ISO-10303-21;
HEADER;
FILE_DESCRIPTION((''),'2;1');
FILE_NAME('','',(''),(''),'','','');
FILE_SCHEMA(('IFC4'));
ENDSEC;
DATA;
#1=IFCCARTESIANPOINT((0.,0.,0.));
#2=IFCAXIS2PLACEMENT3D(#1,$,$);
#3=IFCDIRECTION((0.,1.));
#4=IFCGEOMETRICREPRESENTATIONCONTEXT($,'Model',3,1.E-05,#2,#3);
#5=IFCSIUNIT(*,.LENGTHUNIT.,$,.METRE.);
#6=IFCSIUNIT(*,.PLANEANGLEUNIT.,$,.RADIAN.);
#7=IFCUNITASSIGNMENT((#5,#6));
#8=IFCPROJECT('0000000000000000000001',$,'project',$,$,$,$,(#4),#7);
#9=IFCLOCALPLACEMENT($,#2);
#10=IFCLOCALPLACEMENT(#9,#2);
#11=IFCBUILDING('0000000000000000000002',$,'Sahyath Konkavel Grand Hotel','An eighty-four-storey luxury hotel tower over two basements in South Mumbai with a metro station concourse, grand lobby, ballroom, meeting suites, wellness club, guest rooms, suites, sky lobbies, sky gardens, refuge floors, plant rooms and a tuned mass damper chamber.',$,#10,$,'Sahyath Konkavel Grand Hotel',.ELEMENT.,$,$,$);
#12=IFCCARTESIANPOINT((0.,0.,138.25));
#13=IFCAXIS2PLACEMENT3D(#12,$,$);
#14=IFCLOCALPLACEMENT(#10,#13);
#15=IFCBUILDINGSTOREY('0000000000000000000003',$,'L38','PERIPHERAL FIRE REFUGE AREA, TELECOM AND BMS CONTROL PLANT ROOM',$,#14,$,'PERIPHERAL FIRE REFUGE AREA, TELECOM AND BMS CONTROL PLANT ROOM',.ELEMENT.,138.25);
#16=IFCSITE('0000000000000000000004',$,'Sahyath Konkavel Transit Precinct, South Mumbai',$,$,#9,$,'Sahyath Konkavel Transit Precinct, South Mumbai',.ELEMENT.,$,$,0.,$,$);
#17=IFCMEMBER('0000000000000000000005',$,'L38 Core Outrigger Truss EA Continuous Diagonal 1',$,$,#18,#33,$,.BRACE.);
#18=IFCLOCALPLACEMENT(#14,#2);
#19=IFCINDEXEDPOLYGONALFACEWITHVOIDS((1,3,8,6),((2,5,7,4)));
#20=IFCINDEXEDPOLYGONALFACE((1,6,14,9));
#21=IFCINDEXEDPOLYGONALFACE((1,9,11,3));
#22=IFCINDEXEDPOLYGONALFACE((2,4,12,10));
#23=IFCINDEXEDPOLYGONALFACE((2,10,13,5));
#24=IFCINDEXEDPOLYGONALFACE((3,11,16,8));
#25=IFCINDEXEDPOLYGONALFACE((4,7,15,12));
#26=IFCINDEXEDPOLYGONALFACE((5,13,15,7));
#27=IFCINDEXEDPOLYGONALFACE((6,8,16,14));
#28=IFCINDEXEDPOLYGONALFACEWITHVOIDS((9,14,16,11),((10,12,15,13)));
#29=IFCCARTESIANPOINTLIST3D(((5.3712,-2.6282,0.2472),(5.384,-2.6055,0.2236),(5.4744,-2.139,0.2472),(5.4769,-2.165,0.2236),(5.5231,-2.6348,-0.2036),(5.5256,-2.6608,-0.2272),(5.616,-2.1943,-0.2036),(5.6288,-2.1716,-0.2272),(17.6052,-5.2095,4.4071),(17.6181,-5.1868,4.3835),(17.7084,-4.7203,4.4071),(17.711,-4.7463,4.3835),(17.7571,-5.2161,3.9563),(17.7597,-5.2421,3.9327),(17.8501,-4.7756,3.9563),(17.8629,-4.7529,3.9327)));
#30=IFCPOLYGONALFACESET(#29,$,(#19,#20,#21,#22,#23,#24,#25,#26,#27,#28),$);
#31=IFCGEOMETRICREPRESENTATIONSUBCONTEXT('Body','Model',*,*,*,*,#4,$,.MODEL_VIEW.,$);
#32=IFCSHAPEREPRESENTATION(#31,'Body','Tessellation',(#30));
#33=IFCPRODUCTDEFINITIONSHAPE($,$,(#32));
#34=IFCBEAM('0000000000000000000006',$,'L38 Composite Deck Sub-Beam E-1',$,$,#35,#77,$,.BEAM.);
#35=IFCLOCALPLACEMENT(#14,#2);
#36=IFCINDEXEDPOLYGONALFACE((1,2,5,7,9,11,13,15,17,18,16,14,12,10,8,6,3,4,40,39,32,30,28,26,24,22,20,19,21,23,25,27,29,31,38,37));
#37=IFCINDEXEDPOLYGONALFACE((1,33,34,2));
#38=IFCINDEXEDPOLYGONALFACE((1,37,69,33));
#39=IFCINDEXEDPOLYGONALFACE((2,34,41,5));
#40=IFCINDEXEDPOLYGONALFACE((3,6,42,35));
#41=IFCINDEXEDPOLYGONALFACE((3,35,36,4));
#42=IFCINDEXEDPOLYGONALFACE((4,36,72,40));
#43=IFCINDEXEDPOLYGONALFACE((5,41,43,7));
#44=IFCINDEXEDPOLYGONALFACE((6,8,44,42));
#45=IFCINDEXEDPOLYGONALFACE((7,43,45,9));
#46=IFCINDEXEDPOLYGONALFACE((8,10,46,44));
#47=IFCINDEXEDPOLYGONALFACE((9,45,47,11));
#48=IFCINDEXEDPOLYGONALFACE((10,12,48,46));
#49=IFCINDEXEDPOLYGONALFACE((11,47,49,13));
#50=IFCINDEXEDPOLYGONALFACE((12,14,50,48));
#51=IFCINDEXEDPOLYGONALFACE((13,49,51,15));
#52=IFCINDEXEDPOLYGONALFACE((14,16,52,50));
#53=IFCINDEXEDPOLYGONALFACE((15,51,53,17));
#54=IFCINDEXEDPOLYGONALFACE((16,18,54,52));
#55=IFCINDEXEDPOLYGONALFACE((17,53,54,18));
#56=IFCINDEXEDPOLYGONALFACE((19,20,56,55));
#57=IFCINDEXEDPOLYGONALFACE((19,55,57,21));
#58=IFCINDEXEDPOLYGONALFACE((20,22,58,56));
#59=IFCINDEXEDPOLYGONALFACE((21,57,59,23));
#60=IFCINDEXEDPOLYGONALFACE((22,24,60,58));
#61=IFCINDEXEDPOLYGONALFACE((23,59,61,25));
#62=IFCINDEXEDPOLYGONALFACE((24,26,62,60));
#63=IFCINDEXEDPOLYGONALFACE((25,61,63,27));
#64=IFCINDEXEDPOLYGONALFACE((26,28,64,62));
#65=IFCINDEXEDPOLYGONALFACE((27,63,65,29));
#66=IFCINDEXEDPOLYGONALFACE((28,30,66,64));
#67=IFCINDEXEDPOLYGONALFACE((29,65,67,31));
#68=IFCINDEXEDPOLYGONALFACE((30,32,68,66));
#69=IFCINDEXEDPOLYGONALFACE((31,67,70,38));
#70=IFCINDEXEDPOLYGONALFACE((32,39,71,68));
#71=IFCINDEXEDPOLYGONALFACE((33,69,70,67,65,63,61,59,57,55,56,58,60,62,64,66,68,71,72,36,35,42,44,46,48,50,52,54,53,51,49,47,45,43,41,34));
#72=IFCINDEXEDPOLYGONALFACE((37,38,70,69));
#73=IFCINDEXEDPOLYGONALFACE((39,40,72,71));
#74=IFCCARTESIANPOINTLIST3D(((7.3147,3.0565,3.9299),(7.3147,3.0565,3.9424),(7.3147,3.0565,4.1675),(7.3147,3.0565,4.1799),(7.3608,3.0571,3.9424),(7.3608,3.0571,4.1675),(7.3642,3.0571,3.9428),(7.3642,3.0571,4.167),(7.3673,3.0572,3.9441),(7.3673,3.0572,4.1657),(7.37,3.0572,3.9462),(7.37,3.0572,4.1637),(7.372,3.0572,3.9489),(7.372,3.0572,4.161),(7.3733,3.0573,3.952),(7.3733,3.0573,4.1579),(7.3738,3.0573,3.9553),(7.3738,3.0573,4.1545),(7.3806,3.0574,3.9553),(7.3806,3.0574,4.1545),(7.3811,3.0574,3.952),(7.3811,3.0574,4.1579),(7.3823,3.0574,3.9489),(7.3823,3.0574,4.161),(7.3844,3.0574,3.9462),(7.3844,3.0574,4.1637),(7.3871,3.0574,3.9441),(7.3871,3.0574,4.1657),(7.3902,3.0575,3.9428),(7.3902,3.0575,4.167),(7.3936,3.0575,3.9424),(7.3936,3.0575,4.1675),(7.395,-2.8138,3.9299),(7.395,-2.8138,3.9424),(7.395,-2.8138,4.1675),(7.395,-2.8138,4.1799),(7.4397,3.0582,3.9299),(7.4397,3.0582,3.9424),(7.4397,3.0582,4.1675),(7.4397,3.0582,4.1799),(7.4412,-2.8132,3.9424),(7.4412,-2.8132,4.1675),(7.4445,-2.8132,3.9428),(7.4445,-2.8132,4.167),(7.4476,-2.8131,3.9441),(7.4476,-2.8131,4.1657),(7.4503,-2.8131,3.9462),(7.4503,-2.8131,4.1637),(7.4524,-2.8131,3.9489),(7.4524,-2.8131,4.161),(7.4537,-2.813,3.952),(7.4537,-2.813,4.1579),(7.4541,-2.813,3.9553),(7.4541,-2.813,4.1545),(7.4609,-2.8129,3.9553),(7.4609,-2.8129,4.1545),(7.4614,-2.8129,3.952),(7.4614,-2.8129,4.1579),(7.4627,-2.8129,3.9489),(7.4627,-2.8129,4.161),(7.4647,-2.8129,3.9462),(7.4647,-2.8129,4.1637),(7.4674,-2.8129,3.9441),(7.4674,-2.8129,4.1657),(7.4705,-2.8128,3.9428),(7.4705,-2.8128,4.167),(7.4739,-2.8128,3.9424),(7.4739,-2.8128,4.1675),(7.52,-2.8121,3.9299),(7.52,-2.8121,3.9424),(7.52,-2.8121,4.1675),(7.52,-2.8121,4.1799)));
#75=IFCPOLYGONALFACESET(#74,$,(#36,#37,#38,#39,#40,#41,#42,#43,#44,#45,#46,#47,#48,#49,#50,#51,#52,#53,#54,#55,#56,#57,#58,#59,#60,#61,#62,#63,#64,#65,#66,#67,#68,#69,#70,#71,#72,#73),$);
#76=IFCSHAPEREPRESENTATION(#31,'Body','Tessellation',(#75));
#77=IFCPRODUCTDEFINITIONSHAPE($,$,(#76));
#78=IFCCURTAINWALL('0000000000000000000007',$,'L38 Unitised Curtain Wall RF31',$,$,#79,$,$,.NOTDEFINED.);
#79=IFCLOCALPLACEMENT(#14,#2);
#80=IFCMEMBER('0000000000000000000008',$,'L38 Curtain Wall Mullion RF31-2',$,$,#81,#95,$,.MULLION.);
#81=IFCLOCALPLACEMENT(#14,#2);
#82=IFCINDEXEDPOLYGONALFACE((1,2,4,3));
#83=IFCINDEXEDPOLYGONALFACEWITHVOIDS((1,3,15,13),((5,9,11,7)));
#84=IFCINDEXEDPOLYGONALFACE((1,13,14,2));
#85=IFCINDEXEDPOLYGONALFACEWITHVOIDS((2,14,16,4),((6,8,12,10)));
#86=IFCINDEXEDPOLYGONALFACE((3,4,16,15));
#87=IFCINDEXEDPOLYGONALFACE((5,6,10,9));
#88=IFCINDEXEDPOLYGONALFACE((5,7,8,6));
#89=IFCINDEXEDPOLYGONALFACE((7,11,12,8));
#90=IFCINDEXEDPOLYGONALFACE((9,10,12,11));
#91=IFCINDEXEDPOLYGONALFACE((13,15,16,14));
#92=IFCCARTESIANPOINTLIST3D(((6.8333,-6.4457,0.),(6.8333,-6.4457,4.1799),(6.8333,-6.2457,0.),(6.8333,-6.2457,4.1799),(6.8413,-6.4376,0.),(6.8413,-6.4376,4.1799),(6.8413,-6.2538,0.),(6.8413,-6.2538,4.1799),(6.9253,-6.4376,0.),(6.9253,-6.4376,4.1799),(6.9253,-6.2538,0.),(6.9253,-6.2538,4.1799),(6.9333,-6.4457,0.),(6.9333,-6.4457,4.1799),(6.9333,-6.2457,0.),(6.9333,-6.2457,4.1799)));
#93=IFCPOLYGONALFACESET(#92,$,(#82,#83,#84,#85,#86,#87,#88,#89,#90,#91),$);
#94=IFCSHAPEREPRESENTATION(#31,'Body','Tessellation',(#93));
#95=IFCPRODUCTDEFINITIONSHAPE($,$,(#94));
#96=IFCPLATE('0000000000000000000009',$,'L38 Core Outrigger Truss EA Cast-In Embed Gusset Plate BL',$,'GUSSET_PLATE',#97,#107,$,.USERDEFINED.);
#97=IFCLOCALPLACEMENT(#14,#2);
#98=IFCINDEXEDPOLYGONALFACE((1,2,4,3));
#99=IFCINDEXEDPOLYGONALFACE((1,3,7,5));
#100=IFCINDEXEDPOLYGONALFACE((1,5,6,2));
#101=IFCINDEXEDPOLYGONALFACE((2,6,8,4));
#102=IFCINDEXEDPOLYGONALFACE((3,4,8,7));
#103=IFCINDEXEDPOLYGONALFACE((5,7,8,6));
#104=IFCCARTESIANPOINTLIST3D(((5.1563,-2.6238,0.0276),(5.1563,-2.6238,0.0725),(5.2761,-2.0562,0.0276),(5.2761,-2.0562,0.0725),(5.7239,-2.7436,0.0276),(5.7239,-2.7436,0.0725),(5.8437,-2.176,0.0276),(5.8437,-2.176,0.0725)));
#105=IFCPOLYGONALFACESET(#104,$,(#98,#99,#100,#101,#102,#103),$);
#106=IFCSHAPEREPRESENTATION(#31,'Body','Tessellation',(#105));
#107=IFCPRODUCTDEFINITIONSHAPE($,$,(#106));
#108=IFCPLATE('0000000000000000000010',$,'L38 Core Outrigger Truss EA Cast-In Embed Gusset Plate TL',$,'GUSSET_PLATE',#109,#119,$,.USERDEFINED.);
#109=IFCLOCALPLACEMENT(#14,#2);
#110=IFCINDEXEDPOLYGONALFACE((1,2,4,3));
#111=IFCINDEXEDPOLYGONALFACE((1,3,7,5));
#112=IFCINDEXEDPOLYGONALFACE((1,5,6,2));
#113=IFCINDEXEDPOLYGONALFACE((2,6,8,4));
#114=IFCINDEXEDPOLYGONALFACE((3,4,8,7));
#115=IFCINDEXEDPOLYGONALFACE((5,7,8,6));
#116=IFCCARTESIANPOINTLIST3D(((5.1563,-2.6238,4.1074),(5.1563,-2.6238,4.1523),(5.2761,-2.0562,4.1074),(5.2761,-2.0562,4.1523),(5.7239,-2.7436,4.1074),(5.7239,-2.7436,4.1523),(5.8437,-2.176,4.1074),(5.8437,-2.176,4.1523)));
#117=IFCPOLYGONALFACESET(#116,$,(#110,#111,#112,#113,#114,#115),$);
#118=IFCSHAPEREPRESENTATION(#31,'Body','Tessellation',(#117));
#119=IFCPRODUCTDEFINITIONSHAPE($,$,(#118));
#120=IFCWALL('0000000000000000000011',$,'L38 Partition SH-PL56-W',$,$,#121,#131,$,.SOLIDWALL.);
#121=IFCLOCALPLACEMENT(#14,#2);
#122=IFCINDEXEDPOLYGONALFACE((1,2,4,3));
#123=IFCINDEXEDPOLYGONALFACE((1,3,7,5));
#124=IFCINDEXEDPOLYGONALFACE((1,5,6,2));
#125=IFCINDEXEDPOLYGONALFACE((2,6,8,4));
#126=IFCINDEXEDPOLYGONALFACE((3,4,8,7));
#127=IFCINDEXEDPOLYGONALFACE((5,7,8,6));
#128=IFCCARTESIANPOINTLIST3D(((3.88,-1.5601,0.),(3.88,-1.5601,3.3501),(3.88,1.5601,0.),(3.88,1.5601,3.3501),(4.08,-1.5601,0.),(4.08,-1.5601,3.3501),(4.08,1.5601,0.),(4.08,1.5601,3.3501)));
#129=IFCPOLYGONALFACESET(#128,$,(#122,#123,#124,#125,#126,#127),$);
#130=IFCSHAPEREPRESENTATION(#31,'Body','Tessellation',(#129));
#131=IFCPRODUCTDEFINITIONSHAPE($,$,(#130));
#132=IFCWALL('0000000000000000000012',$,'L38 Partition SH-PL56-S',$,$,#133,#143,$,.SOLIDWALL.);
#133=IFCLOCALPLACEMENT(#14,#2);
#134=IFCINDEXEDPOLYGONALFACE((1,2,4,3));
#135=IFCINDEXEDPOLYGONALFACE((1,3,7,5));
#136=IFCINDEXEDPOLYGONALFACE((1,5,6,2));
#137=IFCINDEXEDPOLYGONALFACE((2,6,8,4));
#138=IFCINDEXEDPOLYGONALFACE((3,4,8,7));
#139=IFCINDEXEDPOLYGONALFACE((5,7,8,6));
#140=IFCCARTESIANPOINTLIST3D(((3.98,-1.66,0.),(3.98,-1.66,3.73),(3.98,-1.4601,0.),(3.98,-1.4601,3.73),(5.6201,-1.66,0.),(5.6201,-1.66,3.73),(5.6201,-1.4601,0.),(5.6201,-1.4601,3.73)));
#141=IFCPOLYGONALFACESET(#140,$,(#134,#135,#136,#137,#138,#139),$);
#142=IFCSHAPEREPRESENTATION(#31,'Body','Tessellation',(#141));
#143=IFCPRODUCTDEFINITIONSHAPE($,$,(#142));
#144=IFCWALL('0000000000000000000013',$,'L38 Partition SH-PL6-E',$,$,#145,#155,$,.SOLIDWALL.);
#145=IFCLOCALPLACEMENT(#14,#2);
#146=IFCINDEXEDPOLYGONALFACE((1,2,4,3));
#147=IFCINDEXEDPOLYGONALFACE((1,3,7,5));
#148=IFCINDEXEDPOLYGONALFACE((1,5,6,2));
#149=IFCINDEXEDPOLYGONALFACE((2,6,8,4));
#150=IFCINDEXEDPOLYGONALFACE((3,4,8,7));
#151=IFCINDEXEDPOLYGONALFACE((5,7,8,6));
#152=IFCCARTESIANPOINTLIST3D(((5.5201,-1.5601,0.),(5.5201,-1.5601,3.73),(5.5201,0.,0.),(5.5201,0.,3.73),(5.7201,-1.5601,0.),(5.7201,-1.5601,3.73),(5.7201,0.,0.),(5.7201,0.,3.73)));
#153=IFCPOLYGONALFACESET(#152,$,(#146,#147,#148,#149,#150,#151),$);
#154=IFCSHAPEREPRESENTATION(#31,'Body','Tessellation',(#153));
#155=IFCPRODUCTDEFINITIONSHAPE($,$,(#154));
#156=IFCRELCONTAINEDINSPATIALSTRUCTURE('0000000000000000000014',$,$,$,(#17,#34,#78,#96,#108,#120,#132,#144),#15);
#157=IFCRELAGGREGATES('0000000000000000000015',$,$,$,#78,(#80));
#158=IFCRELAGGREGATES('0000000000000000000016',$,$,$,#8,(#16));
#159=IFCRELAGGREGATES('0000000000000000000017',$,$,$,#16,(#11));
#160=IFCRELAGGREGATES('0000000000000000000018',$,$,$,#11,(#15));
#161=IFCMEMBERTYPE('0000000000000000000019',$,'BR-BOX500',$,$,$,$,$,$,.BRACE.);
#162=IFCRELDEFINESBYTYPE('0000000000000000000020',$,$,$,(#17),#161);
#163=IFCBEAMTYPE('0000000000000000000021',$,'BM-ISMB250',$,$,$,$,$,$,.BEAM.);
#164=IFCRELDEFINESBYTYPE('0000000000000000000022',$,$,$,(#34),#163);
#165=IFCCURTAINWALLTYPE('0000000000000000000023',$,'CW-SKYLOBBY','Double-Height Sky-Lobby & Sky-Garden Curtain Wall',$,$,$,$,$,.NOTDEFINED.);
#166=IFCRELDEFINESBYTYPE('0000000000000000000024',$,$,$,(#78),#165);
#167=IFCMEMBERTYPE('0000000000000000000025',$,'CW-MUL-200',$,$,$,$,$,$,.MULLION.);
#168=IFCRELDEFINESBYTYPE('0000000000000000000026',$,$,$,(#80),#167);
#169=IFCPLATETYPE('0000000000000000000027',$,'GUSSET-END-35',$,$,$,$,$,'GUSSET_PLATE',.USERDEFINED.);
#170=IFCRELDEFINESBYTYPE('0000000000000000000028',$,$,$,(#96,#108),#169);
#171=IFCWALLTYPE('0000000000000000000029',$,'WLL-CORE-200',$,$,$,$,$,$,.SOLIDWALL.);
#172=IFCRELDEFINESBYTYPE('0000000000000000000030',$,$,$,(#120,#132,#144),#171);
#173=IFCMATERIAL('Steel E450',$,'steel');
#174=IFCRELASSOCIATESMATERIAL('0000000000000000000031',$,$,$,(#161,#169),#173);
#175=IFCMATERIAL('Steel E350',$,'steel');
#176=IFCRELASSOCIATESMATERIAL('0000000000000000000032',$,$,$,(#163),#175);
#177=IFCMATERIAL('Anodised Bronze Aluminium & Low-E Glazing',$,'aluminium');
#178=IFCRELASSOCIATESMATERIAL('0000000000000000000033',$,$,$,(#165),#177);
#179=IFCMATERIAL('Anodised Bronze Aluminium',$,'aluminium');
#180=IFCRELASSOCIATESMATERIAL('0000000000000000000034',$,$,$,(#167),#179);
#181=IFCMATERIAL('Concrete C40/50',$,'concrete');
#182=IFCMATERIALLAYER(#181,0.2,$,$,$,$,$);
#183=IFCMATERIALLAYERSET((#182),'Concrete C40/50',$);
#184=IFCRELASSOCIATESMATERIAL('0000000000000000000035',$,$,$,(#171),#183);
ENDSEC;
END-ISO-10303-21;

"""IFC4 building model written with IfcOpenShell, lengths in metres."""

from ifc_helpers import new_model, si_unit, direction, frame, frame_2d, origin, origin_2d, place, context, subcontext, project, spatial, rectangle, hollow_rectangle, i_section, extrude, source, transform, mapped, material, layer, layer_set, material_profile, profile_set, type_object, element, aggregate, save


model = new_model("IFC4")

# Units and contexts
model_context = context("Model", 3, precision=1e-05, world=origin(), true_north=direction((0.0, 1.0)))
body_context = subcontext(model_context, "Body", "Model", "MODEL_VIEW")
ifc_project = project(units=[si_unit("LENGTHUNIT", "METRE"), si_unit("PLANEANGLEUNIT", "RADIAN")], contexts=[model_context])

# Site, building, storey
site_placement = place(None, origin())
site = spatial("IfcSite", under=ifc_project, at=site_placement, Name="Sahyath Konkavel Transit Precinct, South Mumbai", LongName="Sahyath Konkavel Transit Precinct, South Mumbai", CompositionType="ELEMENT", RefElevation=0.0)
building_placement = place(site_placement, origin())
building = spatial("IfcBuilding", under=site, at=building_placement, Name="Sahyath Konkavel Grand Hotel", Description="An eighty-four-storey luxury hotel tower over two basements in South Mumbai with a metro station concourse, grand lobby, ballroom, meeting suites, wellness club, guest rooms, suites, sky lobbies, sky gardens, refuge floors, plant rooms and a tuned mass damper chamber.", LongName="Sahyath Konkavel Grand Hotel", CompositionType="ELEMENT")
storey_placement = place(building_placement, frame((0.0, 0.0, 138.25)))
storey = spatial("IfcBuildingStorey", under=building, at=storey_placement, Name="L38", Description="PERIPHERAL FIRE REFUGE AREA, TELECOM AND BMS CONTROL PLANT ROOM", LongName="PERIPHERAL FIRE REFUGE AREA, TELECOM AND BMS CONTROL PLANT ROOM", CompositionType="ELEMENT", Elevation=138.25)

# Shared definitions
ifc_material_1 = material(Name="Steel E350", Category="steel")
ifc_material_2 = material(Name="Steel E450", Category="steel")

# Member
ifc_material_profile_1 = material_profile(ifc_material_2, hollow_rectangle(XDim=0.5, YDim=0.5, WallThickness=0.0249, at=origin_2d()), Name="BOX 500x500x25")
ifc_profile_set_1 = profile_set([ifc_material_profile_1], Name="Steel E450")
member_type_1 = type_object("IfcMemberType", Name="BR-BOX500", PredefinedType="BRACE", material=ifc_profile_set_1)
shared_shape_1 = source(origin(), body_context, "Body", "SweptSolid", [
    extrude(hollow_rectangle(XDim=0.5, YDim=0.5, WallThickness=0.0249, at=origin_2d()), origin(), (0.0, 0.0, 1.0), 13.1772),
])
member_1_placement = place(storey_placement, frame((5.5, -2.3999, 0.01), z_axis=(0.928423, -0.195889, 0.315687), x_axis=(0.206446, 0.978458, 0.0)))
element("IfcMember", 1, at=member_1_placement, inside=storey, type_object=member_type_1, Name="L38 Core Outrigger Truss EA Continuous Diagonal 1", PredefinedType="BRACE", context=body_context, shape_type="MappedRepresentation", body=[
    mapped(shared_shape_1, transform((0.0, 0.0, 0.0), scale=1.0)),
])

# Beam
ifc_material_profile_2 = material_profile(ifc_material_1, i_section(OverallWidth=0.125, OverallDepth=0.25, WebThickness=0.0068, FlangeThickness=0.0125, FilletRadius=0.0129, at=origin_2d()), Name="ISMB 250")
ifc_profile_set_2 = profile_set([ifc_material_profile_2], Name="Steel E350")
beam_type_1 = type_object("IfcBeamType", Name="BM-ISMB250", PredefinedType="BEAM", material=ifc_profile_set_2)
shared_shape_2 = source(origin(), body_context, "Body", "SweptSolid", [
    extrude(i_section(OverallWidth=0.125, OverallDepth=0.25, WebThickness=0.0068, FlangeThickness=0.0125, FilletRadius=0.0129, at=origin_2d()), origin(), (0.0, 0.0, 1.0), 5.8708),
])
beam_1_placement = place(storey_placement, frame((7.4575, -2.813, 4.0549), z_axis=(-0.013681, 0.999906, 0.0), x_axis=(-0.999906, -0.013681, 0.0)))
element("IfcBeam", 2, at=beam_1_placement, inside=storey, type_object=beam_type_1, Name="L38 Composite Deck Sub-Beam E-1", PredefinedType="BEAM", context=body_context, shape_type="MappedRepresentation", body=[
    mapped(shared_shape_2, transform((0.0, 0.0, 0.0), scale=1.0)),
])

# Curtain wall, member
ifc_material_3 = material(Name="Anodised Bronze Aluminium & Low-E Glazing", Category="aluminium")
curtain_wall_type = type_object("IfcCurtainWallType", Name="CW-SKYLOBBY", Description="Double-Height Sky-Lobby & Sky-Garden Curtain Wall", PredefinedType="NOTDEFINED", material=ifc_material_3)
curtain_wall_placement = place(storey_placement, origin())
curtain_wall = element("IfcCurtainWall", 3, at=curtain_wall_placement, inside=storey, type_object=curtain_wall_type, Name="L38 Unitised Curtain Wall RF31", PredefinedType="NOTDEFINED")
ifc_material_4 = material(Name="Anodised Bronze Aluminium", Category="aluminium")
ifc_material_profile_3 = material_profile(ifc_material_4, hollow_rectangle(XDim=0.1001, YDim=0.2, WallThickness=0.0081, at=origin_2d()), Name="RHS 200x100x8")
ifc_profile_set_3 = profile_set([ifc_material_profile_3], Name="Anodised Bronze Aluminium")
member_type_2 = type_object("IfcMemberType", Name="CW-MUL-200", PredefinedType="MULLION", material=ifc_profile_set_3)
shared_shape_3 = source(origin(), body_context, "Body", "SweptSolid", [
    extrude(hollow_rectangle(XDim=0.1001, YDim=0.2, WallThickness=0.0081, at=origin_2d()), origin(), (0.0, 0.0, 1.0), 4.1799),
])
member_2_placement = place(storey_placement, frame((6.8833, -6.3457, 0.0), z_axis=(0.0, 0.0, 1.0), x_axis=(1.0, 0.0, 0.0)))
member_2 = element("IfcMember", 4, at=member_2_placement, type_object=member_type_2, Name="L38 Curtain Wall Mullion RF31-2", PredefinedType="MULLION", context=body_context, shape_type="MappedRepresentation", body=[
    mapped(shared_shape_3, transform((0.0, 0.0, 0.0), scale=1.0)),
])
aggregate(curtain_wall, [member_2])

# Plates
plate_type = type_object("IfcPlateType", Name="GUSSET-END-35", ElementType="GUSSET_PLATE", PredefinedType="USERDEFINED", material=ifc_material_2)
shared_shape_4 = source(origin(), body_context, "Body", "SweptSolid", [
    extrude(rectangle(XDim=0.5801, YDim=0.5801, at=origin_2d()), origin(), (0.0, 0.0, 1.0), 0.0449),
])
for number, where, z_axis, x_axis, name in (
    (5, (5.5, -2.3999, 0.0276), (0.0, 0.0, 1.0), (0.978459, -0.206443, 0.0), "L38 Core Outrigger Truss EA Cast-In Embed Gusset Plate BL"),
    (6, (5.5, -2.3999, 4.1074), (0.0, 0.0, 1.0), (0.978459, -0.206443, 0.0), "L38 Core Outrigger Truss EA Cast-In Embed Gusset Plate TL"),
):
    element("IfcPlate", number, at=place(storey_placement, frame(where, z_axis=z_axis, x_axis=x_axis)), inside=storey, type_object=plate_type, Name=name, ObjectType="GUSSET_PLATE", PredefinedType="USERDEFINED", context=body_context, shape_type="MappedRepresentation", body=[
        mapped(shared_shape_4, transform((0.0, 0.0, 0.0), scale=1.0)),
    ])

# Walls
ifc_material_5 = material(Name="Concrete C40/50", Category="concrete")
ifc_layer = layer(ifc_material_5, 0.2)
ifc_layer_set = layer_set([ifc_layer], Name="Concrete C40/50")
wall_type = type_object("IfcWallType", Name="WLL-CORE-200", PredefinedType="SOLIDWALL", material=ifc_layer_set)
wall_1_placement = place(storey_placement, frame((3.98, -1.5601, 0.0), z_axis=(0.0, 0.0, 1.0), x_axis=(0.0, 1.0, 0.0)))
element("IfcWall", 7, at=wall_1_placement, inside=storey, type_object=wall_type, Name="L38 Partition SH-PL56-W", PredefinedType="SOLIDWALL", context=body_context, shape_type="SweptSolid", body=[
    extrude(rectangle(XDim=3.1201, YDim=0.2, at=frame_2d((1.5601, 0.0))), origin(), (0.0, 0.0, 1.0), 3.3501),
])
wall_2_placement = place(storey_placement, frame((3.98, -1.5601, 0.0), z_axis=(0.0, 0.0, 1.0), x_axis=(1.0, 0.0, 0.0)))
element("IfcWall", 8, at=wall_2_placement, inside=storey, type_object=wall_type, Name="L38 Partition SH-PL56-S", PredefinedType="SOLIDWALL", context=body_context, shape_type="SweptSolid", body=[
    extrude(rectangle(XDim=1.6401, YDim=0.2, at=frame_2d((0.8201, 0.0))), origin(), (0.0, 0.0, 1.0), 3.73),
])
wall_3_placement = place(storey_placement, frame((5.6201, -1.5601, 0.0), z_axis=(0.0, 0.0, 1.0), x_axis=(0.0, 1.0, 0.0)))
element("IfcWall", 9, at=wall_3_placement, inside=storey, type_object=wall_type, Name="L38 Partition SH-PL6-E", PredefinedType="SOLIDWALL", context=body_context, shape_type="SweptSolid", body=[
    extrude(rectangle(XDim=1.5601, YDim=0.2, at=frame_2d((0.78, 0.0))), origin(), (0.0, 0.0, 1.0), 3.73),
])

save(model, "model.ifc")
